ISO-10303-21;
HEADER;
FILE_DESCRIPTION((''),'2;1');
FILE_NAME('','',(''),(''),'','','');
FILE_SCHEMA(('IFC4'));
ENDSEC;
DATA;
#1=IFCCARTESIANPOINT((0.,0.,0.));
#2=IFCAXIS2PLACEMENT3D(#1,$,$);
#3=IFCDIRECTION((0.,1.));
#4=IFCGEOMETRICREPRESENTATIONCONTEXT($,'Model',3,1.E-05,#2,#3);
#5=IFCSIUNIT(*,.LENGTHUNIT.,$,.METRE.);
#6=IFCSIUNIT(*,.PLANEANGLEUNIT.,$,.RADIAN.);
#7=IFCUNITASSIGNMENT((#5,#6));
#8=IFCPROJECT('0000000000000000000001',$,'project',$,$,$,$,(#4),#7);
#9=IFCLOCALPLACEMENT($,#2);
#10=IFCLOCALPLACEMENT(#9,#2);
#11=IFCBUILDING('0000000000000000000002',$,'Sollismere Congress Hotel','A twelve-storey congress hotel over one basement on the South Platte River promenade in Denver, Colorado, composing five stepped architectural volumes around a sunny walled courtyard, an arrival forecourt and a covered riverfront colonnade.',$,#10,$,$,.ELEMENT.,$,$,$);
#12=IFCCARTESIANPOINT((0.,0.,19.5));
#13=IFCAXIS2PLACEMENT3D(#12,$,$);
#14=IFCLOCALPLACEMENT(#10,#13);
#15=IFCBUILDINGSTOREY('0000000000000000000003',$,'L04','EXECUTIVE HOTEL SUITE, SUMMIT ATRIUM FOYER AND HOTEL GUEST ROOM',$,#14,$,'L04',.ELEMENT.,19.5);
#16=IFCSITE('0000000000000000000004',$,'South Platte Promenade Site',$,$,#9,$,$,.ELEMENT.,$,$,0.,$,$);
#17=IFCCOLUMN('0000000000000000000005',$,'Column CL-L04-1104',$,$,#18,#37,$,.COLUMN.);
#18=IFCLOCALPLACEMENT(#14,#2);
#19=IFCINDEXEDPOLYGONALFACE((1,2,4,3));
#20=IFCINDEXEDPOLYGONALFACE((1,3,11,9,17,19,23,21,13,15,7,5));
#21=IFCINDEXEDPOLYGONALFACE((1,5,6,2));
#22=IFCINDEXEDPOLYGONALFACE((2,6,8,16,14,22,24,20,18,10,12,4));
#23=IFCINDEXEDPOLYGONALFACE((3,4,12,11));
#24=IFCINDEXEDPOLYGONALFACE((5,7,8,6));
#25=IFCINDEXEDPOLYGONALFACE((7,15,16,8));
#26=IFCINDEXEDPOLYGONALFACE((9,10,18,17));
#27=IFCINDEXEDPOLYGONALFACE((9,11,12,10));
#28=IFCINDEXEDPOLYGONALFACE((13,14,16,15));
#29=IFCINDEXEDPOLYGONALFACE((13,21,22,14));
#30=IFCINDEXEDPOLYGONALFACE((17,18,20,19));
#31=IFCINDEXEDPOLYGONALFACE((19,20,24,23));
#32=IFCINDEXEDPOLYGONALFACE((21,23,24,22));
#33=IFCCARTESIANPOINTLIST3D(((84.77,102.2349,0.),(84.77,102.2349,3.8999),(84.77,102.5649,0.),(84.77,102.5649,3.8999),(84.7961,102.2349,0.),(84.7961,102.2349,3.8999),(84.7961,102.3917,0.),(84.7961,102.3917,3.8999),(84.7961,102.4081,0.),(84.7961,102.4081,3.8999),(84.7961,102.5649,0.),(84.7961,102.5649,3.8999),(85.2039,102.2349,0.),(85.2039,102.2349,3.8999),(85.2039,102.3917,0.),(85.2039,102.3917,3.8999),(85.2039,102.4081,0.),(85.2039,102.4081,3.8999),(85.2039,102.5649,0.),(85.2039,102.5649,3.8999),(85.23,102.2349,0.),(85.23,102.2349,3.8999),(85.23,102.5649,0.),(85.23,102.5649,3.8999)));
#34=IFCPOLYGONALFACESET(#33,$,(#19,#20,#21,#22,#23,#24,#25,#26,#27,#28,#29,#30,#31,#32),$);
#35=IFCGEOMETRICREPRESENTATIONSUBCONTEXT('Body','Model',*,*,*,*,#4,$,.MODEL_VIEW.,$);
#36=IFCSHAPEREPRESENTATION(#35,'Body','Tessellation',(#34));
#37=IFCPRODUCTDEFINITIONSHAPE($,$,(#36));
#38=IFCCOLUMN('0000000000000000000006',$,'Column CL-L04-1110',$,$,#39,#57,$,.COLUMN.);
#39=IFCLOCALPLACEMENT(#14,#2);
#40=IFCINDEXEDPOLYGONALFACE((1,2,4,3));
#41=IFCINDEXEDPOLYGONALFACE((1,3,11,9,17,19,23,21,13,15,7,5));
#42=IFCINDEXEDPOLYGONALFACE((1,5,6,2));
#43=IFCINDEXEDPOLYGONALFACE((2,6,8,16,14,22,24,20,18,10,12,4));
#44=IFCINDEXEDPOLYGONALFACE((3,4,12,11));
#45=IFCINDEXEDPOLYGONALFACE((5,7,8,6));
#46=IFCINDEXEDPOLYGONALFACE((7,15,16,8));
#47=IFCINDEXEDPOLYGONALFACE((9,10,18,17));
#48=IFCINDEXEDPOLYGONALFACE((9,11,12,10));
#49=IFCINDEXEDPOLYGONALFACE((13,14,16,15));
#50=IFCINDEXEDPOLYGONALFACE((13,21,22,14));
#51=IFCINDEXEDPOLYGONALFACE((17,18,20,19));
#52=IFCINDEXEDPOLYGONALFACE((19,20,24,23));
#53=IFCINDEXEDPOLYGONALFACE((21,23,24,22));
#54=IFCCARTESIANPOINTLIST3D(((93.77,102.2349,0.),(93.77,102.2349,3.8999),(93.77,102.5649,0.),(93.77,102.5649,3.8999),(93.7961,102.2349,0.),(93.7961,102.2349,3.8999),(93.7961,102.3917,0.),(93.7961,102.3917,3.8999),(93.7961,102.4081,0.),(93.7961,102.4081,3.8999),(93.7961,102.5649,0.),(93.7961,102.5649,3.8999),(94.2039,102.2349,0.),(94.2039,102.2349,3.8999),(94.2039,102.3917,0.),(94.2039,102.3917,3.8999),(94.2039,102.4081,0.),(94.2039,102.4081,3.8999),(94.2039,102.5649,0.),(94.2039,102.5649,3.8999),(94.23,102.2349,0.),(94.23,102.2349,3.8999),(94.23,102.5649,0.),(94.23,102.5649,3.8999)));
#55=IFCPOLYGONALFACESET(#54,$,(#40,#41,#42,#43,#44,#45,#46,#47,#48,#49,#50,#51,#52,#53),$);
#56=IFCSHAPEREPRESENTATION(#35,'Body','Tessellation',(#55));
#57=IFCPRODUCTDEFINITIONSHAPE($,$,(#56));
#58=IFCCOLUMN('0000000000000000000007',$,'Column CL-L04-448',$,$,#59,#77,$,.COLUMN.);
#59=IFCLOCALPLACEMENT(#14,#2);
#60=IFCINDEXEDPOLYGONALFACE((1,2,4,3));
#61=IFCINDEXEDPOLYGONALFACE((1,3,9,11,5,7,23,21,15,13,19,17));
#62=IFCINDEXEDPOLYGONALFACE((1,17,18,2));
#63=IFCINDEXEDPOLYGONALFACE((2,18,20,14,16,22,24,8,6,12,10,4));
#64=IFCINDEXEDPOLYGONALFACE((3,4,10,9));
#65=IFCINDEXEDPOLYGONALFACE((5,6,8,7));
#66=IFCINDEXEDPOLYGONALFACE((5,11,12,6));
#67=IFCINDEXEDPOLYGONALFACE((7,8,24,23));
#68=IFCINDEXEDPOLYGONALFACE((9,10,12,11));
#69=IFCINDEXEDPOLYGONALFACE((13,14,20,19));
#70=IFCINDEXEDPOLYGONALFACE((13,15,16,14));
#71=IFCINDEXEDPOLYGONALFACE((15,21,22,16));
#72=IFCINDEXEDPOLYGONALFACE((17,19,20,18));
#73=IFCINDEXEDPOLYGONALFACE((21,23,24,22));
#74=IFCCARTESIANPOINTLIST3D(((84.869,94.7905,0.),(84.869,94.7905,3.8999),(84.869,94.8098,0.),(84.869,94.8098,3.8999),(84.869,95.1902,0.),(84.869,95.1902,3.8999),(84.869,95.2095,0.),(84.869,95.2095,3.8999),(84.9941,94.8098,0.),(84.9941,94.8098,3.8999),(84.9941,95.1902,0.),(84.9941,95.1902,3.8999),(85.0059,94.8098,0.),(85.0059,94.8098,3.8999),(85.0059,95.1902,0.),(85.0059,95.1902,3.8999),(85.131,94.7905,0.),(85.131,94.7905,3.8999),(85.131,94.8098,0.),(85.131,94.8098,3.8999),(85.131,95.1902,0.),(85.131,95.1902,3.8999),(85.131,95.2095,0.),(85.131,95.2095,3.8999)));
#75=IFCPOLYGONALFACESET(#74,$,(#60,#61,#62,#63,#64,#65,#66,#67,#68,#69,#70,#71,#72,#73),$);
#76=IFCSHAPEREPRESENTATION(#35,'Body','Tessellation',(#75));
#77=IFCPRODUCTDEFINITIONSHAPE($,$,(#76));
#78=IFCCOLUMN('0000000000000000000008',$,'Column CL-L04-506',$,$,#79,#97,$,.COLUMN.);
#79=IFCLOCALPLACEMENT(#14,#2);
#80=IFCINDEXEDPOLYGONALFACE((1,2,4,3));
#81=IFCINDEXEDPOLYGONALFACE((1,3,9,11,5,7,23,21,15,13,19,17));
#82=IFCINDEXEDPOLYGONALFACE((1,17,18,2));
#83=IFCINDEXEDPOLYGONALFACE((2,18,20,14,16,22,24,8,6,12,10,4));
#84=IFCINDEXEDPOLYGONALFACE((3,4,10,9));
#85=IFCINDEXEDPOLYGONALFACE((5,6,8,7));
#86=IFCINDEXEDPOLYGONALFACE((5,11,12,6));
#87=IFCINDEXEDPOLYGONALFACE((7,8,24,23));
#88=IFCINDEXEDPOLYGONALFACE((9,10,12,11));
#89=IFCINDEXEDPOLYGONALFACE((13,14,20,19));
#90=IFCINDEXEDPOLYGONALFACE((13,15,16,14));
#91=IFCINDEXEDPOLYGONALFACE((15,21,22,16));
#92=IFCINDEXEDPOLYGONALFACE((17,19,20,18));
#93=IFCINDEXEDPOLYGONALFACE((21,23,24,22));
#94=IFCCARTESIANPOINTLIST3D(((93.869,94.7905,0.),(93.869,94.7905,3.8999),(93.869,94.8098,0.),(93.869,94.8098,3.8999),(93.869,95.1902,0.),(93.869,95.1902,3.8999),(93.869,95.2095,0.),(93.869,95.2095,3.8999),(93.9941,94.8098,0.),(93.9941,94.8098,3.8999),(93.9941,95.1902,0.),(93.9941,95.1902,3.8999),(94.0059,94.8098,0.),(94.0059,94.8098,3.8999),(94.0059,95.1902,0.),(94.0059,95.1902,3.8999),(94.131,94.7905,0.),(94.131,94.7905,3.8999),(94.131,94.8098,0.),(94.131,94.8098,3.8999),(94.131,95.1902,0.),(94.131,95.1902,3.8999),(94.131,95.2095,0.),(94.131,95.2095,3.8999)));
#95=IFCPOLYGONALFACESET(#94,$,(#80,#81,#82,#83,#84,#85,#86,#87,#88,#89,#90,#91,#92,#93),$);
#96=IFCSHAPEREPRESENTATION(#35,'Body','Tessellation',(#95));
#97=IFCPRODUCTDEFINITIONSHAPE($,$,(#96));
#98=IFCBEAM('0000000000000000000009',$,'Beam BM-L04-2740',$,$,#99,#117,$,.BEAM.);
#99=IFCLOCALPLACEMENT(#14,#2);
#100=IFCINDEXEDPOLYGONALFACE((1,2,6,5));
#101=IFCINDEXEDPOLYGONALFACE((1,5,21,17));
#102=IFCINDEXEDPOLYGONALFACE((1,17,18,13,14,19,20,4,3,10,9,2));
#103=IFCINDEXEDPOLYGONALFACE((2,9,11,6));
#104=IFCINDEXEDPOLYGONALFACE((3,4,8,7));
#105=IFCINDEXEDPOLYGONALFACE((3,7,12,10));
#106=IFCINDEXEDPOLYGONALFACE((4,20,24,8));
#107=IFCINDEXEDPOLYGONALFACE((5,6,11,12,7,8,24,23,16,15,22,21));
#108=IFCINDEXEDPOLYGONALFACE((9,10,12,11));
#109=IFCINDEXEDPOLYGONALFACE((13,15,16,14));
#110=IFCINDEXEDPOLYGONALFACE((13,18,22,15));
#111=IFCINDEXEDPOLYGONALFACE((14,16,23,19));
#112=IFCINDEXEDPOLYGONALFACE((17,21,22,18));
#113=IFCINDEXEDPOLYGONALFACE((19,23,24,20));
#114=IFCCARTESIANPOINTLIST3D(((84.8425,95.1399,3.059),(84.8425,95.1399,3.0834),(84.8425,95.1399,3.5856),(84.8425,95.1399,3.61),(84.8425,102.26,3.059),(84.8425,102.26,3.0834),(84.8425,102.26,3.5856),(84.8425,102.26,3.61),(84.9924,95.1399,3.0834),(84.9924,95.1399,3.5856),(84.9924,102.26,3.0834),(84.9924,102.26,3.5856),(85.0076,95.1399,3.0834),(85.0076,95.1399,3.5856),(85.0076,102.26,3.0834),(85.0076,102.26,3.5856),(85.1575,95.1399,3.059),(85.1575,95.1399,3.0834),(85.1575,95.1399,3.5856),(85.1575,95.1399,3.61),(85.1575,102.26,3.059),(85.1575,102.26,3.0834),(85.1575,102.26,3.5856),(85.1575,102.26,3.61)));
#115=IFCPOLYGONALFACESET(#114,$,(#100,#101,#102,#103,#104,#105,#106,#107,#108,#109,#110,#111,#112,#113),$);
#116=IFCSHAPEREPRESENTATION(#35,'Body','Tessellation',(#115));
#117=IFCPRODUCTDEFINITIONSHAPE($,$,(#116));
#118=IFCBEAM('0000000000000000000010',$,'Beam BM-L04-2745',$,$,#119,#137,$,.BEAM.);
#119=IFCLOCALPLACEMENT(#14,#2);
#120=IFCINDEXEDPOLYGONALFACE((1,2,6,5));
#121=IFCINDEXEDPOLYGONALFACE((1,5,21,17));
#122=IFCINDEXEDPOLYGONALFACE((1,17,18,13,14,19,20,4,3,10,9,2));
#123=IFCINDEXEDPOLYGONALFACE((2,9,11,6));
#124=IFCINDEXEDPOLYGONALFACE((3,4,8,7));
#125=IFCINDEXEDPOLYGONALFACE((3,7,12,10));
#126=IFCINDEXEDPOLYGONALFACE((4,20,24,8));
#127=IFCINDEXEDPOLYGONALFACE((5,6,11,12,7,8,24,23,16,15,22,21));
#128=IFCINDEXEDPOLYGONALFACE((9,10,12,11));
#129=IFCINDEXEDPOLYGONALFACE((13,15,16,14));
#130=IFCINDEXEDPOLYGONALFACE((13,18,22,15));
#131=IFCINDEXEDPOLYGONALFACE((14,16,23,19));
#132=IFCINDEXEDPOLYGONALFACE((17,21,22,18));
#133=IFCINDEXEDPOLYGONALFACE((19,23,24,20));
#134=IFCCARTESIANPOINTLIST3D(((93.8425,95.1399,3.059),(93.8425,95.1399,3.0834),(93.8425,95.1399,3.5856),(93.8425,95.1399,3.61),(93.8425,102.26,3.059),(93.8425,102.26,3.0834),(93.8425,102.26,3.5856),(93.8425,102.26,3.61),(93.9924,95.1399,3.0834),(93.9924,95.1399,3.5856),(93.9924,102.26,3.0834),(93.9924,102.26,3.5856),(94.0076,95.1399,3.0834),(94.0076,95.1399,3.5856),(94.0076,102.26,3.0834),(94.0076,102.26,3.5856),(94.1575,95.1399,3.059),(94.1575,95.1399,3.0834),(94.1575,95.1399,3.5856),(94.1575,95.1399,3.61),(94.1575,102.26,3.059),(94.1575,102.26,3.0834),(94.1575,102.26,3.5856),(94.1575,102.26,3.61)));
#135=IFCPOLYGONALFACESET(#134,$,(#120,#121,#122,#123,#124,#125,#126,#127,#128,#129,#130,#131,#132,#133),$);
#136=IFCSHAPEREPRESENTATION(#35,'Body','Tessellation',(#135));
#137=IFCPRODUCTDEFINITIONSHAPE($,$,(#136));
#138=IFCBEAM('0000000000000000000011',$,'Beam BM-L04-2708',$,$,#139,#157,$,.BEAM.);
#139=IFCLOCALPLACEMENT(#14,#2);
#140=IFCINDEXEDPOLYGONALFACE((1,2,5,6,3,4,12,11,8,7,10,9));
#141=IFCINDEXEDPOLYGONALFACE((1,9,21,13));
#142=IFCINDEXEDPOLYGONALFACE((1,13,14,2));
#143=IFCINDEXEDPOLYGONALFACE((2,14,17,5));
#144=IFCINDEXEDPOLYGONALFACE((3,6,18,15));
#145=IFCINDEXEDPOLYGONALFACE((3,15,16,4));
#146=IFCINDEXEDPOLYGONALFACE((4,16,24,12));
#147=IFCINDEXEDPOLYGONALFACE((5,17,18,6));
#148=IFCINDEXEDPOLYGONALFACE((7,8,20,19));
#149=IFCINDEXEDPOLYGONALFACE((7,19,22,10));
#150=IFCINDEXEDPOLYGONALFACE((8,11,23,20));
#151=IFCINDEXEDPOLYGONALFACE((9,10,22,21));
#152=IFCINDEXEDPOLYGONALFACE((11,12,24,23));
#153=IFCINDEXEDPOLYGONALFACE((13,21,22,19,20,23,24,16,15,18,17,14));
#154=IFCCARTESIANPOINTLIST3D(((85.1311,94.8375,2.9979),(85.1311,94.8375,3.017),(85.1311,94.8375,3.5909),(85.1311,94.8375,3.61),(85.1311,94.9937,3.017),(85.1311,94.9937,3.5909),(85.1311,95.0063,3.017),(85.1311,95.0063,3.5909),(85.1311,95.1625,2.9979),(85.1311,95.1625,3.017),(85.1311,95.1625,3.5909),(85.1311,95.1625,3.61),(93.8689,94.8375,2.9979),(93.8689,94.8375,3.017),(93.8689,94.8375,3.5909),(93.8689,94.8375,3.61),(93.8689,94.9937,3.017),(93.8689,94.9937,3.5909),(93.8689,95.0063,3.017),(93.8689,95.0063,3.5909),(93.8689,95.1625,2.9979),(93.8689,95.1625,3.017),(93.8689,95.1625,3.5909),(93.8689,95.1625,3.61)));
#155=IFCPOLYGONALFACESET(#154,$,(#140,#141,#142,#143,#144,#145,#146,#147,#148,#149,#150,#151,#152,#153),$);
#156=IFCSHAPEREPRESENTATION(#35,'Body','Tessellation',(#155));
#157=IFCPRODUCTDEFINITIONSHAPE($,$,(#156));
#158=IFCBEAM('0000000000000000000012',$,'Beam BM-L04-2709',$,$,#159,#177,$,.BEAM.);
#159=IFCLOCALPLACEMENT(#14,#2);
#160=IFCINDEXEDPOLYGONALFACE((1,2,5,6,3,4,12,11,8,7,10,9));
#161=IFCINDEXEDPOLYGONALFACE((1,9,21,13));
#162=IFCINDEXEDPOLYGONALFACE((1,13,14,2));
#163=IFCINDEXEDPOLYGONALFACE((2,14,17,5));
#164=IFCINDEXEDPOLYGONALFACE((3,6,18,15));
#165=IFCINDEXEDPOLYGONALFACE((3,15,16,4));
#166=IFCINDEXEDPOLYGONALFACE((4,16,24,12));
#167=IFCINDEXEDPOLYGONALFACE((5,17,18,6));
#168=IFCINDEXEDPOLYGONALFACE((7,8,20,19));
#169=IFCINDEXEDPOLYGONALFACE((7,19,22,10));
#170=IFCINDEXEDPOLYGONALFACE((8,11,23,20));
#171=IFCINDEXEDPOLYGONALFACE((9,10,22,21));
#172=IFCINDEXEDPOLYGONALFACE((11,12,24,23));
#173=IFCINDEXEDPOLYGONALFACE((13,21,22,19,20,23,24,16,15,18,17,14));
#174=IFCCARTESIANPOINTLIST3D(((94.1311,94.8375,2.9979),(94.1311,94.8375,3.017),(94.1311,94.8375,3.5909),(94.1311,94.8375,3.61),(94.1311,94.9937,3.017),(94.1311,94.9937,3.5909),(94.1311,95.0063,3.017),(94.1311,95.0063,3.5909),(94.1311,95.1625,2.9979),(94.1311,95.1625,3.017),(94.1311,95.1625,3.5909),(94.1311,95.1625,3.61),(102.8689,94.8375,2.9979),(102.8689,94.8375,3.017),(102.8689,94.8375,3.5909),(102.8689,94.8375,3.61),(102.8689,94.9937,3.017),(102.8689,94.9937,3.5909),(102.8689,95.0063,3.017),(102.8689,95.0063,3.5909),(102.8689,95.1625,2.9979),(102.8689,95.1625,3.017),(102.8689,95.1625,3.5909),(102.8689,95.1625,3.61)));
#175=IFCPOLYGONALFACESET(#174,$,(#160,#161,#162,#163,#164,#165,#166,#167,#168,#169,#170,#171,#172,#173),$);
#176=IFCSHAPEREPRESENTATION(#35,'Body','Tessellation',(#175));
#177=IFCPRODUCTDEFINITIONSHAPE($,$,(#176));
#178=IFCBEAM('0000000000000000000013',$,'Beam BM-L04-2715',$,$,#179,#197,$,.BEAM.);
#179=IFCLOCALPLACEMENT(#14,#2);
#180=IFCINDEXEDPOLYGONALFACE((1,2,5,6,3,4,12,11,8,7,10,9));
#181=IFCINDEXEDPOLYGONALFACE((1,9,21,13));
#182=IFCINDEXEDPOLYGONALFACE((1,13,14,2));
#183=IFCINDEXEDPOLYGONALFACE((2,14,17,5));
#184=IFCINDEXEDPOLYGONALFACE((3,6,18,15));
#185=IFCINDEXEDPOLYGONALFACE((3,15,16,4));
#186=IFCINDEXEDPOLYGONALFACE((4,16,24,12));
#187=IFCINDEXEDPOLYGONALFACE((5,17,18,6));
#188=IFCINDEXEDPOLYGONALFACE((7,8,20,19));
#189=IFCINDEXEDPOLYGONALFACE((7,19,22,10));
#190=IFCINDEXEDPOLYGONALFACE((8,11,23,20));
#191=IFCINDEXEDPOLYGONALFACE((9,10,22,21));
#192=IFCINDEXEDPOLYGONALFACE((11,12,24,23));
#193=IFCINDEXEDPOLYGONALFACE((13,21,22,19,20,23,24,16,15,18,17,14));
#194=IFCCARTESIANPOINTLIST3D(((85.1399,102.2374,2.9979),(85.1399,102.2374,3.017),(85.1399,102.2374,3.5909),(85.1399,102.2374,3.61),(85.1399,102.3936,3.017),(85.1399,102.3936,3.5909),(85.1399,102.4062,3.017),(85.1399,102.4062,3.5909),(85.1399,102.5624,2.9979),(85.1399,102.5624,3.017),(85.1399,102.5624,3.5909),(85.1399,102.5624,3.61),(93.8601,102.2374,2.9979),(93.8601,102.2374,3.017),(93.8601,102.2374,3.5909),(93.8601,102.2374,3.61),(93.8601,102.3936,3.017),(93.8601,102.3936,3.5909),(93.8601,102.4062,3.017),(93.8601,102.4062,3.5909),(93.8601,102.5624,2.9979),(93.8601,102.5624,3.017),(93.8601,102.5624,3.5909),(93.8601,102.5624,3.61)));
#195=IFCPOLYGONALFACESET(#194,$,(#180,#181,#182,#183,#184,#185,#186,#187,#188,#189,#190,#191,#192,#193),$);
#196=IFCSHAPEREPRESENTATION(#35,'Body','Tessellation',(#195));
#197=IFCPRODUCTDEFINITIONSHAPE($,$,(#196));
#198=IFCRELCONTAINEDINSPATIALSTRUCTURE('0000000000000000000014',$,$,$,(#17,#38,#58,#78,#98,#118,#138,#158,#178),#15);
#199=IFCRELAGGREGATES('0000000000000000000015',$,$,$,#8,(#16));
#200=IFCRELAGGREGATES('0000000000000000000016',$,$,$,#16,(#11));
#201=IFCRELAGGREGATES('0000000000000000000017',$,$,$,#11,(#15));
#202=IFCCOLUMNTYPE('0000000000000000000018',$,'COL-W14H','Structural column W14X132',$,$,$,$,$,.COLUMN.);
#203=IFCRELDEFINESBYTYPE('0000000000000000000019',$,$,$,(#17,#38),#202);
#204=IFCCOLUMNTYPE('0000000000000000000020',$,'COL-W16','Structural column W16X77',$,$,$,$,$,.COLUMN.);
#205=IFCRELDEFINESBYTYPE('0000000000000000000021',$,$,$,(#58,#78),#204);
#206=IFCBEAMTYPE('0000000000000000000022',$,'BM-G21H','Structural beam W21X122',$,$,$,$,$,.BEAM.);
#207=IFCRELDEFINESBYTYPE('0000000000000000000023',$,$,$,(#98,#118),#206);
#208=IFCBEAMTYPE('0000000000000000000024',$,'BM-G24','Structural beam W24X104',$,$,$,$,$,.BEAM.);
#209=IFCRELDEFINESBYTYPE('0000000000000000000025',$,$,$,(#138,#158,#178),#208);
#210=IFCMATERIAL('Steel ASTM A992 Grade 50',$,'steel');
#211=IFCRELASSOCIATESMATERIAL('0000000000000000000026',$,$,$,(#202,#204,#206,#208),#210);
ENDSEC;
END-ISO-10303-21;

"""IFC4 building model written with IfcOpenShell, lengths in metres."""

from ifc_helpers import new_model, si_unit, direction, frame, origin, origin_2d, place, context, subcontext, project, spatial, i_section, extrude, material, material_profile, profile_set, type_object, element, save


model = new_model("IFC4")

# Units and contexts
model_context = context("Model", 3, precision=1e-05, world=origin(), true_north=direction((0.0, 1.0)))
body_context = subcontext(model_context, "Body", "Model", "MODEL_VIEW")
ifc_project = project(units=[si_unit("LENGTHUNIT", "METRE"), si_unit("PLANEANGLEUNIT", "RADIAN")], contexts=[model_context])

# Site, building, storey
site_placement = place(None, origin())
site = spatial("IfcSite", under=ifc_project, at=site_placement, Name="South Platte Promenade Site", CompositionType="ELEMENT", RefElevation=0.0)
building_placement = place(site_placement, origin())
building = spatial("IfcBuilding", under=site, at=building_placement, Name="Sollismere Congress Hotel", Description="A twelve-storey congress hotel over one basement on the South Platte River promenade in Denver, Colorado, composing five stepped architectural volumes around a sunny walled courtyard, an arrival forecourt and a covered riverfront colonnade.", CompositionType="ELEMENT")
storey_placement = place(building_placement, frame((0.0, 0.0, 19.5)))
storey = spatial("IfcBuildingStorey", under=building, at=storey_placement, Name="L04", Description="EXECUTIVE HOTEL SUITE, SUMMIT ATRIUM FOYER AND HOTEL GUEST ROOM", LongName="L04", CompositionType="ELEMENT", Elevation=19.5)

# Columns
ifc_material_1 = material(Name="Steel ASTM A992 Grade 50", Category="steel")
ifc_material_profile_1 = material_profile(ifc_material_1, i_section(OverallWidth=0.3301, OverallDepth=0.46, WebThickness=0.0164, FlangeThickness=0.0261, at=origin_2d()), Name="W14X132")
ifc_profile_set_1 = profile_set([ifc_material_profile_1], Name="Steel ASTM A992 Grade 50")
column_type_1 = type_object("IfcColumnType", Name="COL-W14H", Description="Structural column W14X132", PredefinedType="COLUMN", material=ifc_profile_set_1)
for number, where, z_axis, x_axis, name in (
    (1, (85.0, 102.3999, 0.0), (0.0, 0.0, 1.0), (0.0, 1.0, 0.0), "Column CL-L04-1104"),
    (2, (94.0, 102.3999, 0.0), (0.0, 0.0, 1.0), (0.0, 1.0, 0.0), "Column CL-L04-1110"),
):
    element("IfcColumn", number, at=place(storey_placement, frame(where, z_axis=z_axis, x_axis=x_axis)), inside=storey, type_object=column_type_1, Name=name, PredefinedType="COLUMN", context=body_context, shape_type="SweptSolid", body=[
        extrude(i_section(OverallWidth=0.3301, OverallDepth=0.46, WebThickness=0.0164, FlangeThickness=0.0261, at=origin_2d()), origin(), (0.0, 0.0, 1.0), 3.8999),
    ])
ifc_material_profile_2 = material_profile(ifc_material_1, i_section(OverallWidth=0.262, OverallDepth=0.4189, WebThickness=0.0117, FlangeThickness=0.0193, at=origin_2d()), Name="W16X77")
ifc_profile_set_2 = profile_set([ifc_material_profile_2], Name="Steel ASTM A992 Grade 50")
column_type_2 = type_object("IfcColumnType", Name="COL-W16", Description="Structural column W16X77", PredefinedType="COLUMN", material=ifc_profile_set_2)
for number, where, z_axis, x_axis, name in (
    (3, (85.0, 95.0, 0.0), (0.0, 0.0, 1.0), (1.0, 0.0, 0.0), "Column CL-L04-448"),
    (4, (94.0, 95.0, 0.0), (0.0, 0.0, 1.0), (1.0, 0.0, 0.0), "Column CL-L04-506"),
):
    element("IfcColumn", number, at=place(storey_placement, frame(where, z_axis=z_axis, x_axis=x_axis)), inside=storey, type_object=column_type_2, Name=name, PredefinedType="COLUMN", context=body_context, shape_type="SweptSolid", body=[
        extrude(i_section(OverallWidth=0.262, OverallDepth=0.4189, WebThickness=0.0117, FlangeThickness=0.0193, at=origin_2d()), origin(), (0.0, 0.0, 1.0), 3.8999),
    ])

# Beams
ifc_material_profile_3 = material_profile(ifc_material_1, i_section(OverallWidth=0.3149, OverallDepth=0.551, WebThickness=0.0151, FlangeThickness=0.0244, at=origin_2d()), Name="W21X122")
ifc_profile_set_3 = profile_set([ifc_material_profile_3], Name="Steel ASTM A992 Grade 50")
beam_type_1 = type_object("IfcBeamType", Name="BM-G21H", Description="Structural beam W21X122", PredefinedType="BEAM", material=ifc_profile_set_3)
for number, where, z_axis, x_axis, name in (
    (5, (85.0, 95.1399, 3.3345), (0.0, 1.0, 0.0), (-1.0, 0.0, 0.0), "Beam BM-L04-2740"),
    (6, (94.0, 95.1399, 3.3345), (0.0, 1.0, 0.0), (-1.0, 0.0, 0.0), "Beam BM-L04-2745"),
):
    element("IfcBeam", number, at=place(storey_placement, frame(where, z_axis=z_axis, x_axis=x_axis)), inside=storey, type_object=beam_type_1, Name=name, PredefinedType="BEAM", context=body_context, shape_type="SweptSolid", body=[
        extrude(i_section(OverallWidth=0.3149, OverallDepth=0.551, WebThickness=0.0151, FlangeThickness=0.0244, at=origin_2d()), origin(), (0.0, 0.0, 1.0), 7.1201),
    ])
ifc_material_profile_4 = material_profile(ifc_material_1, i_section(OverallWidth=0.325, OverallDepth=0.6121, WebThickness=0.0127, FlangeThickness=0.019, at=origin_2d()), Name="W24X104")
ifc_profile_set_4 = profile_set([ifc_material_profile_4], Name="Steel ASTM A992 Grade 50")
beam_type_2 = type_object("IfcBeamType", Name="BM-G24", Description="Structural beam W24X104", PredefinedType="BEAM", material=ifc_profile_set_4)
for number, where, z_axis, x_axis, name in (
    (7, (85.1311, 95.0, 3.304), (1.0, 0.0, 0.0), (0.0, 1.0, 0.0), "Beam BM-L04-2708"),
    (8, (94.1311, 95.0, 3.304), (1.0, 0.0, 0.0), (0.0, 1.0, 0.0), "Beam BM-L04-2709"),
):
    element("IfcBeam", number, at=place(storey_placement, frame(where, z_axis=z_axis, x_axis=x_axis)), inside=storey, type_object=beam_type_2, Name=name, PredefinedType="BEAM", context=body_context, shape_type="SweptSolid", body=[
        extrude(i_section(OverallWidth=0.325, OverallDepth=0.6121, WebThickness=0.0127, FlangeThickness=0.019, at=origin_2d()), origin(), (0.0, 0.0, 1.0), 8.7378),
    ])
for number, where, z_axis, x_axis, name in (
    (9, (85.1399, 102.3999, 3.304), (1.0, 0.0, 0.0), (0.0, 1.0, 0.0), "Beam BM-L04-2715"),
):
    element("IfcBeam", number, at=place(storey_placement, frame(where, z_axis=z_axis, x_axis=x_axis)), inside=storey, type_object=beam_type_2, Name=name, PredefinedType="BEAM", context=body_context, shape_type="SweptSolid", body=[
        extrude(i_section(OverallWidth=0.325, OverallDepth=0.6121, WebThickness=0.0127, FlangeThickness=0.019, at=origin_2d()), origin(), (0.0, 0.0, 1.0), 8.7202),
    ])

save(model, "model.ifc")
